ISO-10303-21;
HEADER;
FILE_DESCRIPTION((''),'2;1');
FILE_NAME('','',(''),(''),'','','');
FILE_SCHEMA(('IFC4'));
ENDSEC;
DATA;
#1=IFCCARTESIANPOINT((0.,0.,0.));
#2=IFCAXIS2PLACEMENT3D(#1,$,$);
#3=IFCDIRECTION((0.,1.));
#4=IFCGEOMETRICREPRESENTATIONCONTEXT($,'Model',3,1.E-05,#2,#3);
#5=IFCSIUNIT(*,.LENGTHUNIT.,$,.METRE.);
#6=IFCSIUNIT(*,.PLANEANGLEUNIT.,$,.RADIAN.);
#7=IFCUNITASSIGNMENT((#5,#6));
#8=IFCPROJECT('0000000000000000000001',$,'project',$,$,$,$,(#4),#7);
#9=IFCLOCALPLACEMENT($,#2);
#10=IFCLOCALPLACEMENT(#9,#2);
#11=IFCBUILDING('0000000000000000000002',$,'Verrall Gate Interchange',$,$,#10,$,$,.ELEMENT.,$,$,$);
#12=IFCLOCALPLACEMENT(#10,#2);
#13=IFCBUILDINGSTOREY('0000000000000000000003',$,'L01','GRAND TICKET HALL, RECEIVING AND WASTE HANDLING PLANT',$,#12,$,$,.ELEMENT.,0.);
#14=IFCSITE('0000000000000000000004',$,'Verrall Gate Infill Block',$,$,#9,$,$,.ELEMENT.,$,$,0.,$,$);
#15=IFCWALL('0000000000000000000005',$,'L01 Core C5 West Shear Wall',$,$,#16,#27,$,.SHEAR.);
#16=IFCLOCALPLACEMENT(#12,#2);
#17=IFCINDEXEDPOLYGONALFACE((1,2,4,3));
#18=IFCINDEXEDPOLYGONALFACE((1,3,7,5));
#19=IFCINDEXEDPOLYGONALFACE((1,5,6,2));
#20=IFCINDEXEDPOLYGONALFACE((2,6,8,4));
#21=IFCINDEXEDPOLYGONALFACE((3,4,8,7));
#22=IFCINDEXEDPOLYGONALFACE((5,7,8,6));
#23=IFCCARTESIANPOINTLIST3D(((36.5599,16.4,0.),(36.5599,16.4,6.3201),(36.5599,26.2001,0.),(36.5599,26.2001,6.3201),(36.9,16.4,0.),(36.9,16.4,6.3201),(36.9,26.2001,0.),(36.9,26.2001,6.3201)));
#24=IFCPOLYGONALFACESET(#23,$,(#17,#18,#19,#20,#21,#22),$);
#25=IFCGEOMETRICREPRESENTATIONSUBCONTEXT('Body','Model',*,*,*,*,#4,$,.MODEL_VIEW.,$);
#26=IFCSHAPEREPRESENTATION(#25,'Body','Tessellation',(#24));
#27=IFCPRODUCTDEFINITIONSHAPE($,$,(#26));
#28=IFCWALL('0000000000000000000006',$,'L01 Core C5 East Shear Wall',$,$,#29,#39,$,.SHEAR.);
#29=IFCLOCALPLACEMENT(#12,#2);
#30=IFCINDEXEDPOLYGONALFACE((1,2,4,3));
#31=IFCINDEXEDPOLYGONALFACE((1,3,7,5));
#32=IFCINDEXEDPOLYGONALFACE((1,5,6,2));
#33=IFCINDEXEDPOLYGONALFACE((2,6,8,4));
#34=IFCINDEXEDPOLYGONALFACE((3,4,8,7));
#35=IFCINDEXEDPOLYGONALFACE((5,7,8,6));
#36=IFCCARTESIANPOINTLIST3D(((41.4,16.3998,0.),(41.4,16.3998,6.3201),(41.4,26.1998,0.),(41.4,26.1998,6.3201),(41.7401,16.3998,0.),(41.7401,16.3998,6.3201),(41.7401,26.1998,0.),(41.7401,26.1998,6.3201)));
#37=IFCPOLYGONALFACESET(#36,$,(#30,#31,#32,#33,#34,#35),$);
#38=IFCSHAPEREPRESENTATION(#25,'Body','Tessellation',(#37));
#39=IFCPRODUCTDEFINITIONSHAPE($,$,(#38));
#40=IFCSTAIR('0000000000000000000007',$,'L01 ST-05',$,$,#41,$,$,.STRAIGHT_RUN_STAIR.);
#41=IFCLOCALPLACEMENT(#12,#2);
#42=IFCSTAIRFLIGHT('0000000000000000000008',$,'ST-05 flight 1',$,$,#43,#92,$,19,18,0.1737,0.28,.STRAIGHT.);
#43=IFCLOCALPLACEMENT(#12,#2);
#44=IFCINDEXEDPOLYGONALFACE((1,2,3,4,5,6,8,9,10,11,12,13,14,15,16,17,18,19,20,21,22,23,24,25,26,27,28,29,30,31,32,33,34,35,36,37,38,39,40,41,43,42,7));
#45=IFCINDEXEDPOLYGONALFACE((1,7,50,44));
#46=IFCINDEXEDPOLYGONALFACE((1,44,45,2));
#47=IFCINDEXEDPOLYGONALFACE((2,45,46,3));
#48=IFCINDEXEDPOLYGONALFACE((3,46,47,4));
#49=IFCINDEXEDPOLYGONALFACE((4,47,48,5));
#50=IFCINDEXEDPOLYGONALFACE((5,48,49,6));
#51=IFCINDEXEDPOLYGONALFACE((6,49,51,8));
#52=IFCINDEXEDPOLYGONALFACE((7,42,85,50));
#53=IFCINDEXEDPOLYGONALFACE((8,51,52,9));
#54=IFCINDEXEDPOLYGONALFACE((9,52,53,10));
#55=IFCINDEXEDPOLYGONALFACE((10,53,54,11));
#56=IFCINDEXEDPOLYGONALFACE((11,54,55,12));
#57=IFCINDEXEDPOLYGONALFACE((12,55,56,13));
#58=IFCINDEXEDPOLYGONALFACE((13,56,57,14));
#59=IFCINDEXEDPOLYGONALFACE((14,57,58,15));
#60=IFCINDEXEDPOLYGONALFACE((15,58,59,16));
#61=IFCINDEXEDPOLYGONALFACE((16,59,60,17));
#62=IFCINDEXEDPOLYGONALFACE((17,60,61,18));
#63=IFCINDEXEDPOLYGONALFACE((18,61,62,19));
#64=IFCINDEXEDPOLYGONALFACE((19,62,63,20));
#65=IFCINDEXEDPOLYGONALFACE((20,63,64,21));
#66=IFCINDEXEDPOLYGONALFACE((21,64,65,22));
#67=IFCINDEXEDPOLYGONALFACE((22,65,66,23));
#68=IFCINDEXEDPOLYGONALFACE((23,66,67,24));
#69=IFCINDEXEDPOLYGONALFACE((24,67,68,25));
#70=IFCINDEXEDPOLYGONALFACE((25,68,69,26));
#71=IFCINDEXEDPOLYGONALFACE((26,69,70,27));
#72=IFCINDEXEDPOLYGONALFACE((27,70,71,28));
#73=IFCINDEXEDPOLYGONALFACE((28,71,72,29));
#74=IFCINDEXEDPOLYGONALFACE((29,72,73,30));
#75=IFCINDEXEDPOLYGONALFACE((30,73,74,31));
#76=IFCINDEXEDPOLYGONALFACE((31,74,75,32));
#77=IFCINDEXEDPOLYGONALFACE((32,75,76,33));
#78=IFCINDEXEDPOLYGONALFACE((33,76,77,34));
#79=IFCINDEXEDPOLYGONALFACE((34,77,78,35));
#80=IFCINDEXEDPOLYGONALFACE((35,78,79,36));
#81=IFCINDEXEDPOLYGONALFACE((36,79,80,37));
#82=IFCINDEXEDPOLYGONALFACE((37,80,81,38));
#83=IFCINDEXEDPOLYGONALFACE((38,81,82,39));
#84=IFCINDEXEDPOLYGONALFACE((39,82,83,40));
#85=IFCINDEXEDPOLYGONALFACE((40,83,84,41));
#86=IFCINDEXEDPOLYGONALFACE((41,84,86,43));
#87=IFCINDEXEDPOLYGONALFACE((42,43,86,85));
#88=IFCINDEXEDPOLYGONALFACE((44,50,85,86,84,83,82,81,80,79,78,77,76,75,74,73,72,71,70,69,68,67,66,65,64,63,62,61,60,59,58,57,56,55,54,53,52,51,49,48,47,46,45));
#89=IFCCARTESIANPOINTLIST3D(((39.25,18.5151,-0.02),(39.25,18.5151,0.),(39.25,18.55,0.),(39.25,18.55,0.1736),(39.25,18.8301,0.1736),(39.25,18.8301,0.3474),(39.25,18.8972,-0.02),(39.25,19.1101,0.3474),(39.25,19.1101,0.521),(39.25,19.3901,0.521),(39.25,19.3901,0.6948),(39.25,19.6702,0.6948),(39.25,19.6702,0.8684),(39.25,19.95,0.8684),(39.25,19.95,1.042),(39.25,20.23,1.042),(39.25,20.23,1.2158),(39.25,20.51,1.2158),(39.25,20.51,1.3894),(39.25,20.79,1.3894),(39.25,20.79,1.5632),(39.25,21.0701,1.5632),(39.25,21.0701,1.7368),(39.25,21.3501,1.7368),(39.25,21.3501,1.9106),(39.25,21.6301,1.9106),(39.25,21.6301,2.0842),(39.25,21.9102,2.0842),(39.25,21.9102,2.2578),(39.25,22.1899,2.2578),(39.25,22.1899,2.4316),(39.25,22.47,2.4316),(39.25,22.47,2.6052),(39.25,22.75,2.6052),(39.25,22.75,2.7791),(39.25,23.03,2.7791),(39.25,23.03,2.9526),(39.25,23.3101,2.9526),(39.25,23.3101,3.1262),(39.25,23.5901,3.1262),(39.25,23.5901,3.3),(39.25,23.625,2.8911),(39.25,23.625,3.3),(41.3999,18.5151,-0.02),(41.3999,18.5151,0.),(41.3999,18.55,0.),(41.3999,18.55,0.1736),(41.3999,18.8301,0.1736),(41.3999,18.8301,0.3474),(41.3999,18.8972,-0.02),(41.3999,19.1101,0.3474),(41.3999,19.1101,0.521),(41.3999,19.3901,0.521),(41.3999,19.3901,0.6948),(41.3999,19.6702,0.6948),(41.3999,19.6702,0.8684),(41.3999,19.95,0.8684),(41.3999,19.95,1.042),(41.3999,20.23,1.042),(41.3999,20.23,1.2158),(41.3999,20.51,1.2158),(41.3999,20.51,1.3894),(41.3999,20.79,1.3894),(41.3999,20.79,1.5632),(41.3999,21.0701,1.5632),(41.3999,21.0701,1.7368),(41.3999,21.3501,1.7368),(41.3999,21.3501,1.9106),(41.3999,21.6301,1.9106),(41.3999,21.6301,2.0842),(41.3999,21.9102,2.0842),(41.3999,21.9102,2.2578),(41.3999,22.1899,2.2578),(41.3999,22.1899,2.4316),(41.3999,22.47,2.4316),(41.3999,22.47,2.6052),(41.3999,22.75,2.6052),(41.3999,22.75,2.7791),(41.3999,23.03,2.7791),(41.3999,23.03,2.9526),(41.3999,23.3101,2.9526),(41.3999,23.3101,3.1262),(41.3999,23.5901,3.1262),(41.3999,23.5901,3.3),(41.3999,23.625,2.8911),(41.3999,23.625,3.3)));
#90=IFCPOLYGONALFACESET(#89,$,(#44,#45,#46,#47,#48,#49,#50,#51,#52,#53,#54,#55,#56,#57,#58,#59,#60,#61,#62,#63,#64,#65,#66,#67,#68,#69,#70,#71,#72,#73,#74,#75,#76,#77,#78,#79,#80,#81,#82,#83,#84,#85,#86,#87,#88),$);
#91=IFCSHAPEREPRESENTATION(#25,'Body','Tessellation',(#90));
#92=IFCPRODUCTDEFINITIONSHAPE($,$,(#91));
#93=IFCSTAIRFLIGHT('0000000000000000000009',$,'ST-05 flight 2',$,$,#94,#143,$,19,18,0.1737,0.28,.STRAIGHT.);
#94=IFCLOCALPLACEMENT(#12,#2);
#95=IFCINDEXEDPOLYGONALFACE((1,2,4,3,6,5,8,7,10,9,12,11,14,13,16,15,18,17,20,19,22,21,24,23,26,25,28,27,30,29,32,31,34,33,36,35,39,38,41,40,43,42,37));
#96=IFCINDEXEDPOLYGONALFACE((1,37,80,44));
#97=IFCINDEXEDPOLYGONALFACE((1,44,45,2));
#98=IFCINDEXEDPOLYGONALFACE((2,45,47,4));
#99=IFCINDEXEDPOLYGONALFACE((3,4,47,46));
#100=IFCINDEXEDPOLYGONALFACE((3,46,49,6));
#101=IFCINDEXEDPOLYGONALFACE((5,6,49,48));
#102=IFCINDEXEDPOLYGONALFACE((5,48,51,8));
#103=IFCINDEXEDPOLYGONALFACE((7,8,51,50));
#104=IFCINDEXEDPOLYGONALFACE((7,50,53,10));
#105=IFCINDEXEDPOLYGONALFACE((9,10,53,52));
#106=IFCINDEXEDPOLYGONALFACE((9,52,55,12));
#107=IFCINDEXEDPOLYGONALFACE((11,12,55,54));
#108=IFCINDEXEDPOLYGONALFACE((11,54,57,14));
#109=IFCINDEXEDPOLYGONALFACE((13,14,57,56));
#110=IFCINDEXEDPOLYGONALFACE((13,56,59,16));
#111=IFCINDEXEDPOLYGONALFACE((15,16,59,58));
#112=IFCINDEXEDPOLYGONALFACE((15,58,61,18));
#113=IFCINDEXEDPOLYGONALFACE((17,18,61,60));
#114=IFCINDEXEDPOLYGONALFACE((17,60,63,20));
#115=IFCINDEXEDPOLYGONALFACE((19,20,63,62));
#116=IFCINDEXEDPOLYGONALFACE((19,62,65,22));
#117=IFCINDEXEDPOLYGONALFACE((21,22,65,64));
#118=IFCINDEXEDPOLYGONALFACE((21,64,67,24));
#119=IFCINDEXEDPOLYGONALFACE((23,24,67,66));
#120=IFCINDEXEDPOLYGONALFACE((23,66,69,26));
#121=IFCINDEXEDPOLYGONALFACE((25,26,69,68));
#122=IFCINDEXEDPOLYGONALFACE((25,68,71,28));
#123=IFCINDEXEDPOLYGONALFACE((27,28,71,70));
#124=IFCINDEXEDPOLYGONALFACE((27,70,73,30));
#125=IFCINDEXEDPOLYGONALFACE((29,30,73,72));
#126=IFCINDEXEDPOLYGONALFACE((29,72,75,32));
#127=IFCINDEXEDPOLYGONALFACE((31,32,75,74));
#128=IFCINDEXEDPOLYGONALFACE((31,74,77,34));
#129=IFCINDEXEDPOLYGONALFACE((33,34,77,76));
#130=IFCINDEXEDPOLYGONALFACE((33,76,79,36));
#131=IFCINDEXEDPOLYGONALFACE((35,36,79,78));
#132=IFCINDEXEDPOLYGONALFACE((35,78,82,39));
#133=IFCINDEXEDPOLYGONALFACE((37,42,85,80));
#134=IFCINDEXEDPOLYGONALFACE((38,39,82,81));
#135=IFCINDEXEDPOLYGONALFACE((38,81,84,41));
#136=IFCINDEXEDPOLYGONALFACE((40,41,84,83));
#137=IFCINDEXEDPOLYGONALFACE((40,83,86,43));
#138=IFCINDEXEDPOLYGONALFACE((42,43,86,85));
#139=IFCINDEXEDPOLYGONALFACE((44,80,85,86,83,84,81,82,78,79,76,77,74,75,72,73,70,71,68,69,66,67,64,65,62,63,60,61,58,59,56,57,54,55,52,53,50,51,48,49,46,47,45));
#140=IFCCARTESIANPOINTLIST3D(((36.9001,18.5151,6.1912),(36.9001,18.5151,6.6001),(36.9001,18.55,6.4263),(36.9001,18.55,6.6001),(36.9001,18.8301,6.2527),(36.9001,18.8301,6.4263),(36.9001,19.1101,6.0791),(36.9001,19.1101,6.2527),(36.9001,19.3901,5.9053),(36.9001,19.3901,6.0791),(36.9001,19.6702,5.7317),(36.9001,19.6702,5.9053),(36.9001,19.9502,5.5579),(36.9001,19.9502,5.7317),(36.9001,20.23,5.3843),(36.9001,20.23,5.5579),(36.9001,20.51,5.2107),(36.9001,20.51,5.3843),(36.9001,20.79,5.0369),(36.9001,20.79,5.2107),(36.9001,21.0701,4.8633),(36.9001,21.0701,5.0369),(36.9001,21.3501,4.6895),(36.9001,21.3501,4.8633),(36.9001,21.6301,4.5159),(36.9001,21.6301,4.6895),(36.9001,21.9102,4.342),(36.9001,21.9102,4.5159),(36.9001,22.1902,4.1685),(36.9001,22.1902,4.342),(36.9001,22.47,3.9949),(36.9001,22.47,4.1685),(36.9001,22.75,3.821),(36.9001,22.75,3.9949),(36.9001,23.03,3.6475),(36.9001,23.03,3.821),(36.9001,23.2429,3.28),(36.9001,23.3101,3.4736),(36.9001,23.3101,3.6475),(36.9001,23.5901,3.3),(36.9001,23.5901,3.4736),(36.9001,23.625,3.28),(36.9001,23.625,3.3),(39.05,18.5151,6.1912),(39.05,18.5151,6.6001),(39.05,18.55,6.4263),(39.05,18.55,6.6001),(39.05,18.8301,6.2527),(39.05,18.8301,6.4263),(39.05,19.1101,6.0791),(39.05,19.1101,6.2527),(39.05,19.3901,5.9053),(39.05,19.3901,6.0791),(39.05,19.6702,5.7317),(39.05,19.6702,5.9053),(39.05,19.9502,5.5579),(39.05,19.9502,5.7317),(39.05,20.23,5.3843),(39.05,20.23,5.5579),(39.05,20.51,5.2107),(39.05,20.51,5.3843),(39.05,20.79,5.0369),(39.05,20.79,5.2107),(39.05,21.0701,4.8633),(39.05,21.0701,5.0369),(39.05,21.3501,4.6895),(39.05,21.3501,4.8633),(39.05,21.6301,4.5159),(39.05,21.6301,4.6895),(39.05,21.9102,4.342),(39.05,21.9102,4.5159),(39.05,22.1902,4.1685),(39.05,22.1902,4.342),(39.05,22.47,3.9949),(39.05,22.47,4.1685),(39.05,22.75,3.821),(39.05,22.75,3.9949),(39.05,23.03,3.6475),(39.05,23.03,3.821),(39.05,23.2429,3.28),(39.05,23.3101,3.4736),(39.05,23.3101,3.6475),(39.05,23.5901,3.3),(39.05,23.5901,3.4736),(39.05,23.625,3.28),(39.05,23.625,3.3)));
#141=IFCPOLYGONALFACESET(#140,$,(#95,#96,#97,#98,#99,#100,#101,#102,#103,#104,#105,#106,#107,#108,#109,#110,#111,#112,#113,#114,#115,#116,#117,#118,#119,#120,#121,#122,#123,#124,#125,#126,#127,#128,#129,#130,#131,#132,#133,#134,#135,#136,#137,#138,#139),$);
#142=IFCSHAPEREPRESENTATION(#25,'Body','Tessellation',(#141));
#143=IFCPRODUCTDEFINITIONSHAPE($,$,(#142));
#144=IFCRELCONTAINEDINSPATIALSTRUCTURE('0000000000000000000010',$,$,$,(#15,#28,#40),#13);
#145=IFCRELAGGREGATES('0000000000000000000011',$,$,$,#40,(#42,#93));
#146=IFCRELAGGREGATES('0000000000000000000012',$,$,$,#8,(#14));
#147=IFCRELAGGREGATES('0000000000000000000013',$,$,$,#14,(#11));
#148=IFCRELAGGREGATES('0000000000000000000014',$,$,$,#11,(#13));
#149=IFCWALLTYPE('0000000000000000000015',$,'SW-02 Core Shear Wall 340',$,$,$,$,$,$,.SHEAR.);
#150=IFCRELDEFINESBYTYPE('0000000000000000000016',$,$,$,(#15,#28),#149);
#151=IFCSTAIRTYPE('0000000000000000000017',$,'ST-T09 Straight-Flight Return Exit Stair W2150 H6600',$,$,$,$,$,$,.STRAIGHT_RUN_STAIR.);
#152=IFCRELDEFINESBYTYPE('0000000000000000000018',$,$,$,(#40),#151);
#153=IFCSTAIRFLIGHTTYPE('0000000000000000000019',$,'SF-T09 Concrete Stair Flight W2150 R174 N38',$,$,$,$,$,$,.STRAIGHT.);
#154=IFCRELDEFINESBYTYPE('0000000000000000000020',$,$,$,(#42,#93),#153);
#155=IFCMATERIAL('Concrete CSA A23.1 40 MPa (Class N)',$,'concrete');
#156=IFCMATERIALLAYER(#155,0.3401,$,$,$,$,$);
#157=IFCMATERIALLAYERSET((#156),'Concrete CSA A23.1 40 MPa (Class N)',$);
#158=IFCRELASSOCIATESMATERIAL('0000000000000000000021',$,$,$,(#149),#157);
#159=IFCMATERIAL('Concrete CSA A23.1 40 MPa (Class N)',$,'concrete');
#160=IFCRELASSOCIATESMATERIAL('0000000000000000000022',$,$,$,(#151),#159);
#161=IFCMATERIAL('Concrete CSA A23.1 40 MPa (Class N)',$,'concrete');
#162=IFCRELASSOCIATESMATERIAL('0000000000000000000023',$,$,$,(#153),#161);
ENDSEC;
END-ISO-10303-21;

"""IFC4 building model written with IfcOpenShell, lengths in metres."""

from ifc_helpers import new_model, si_unit, direction, frame, frame_2d, origin, place, context, subcontext, project, spatial, polyline, rectangle, outline, extrude, material, layer, layer_set, type_object, element, aggregate, save


model = new_model("IFC4")

# Units and contexts
model_context = context("Model", 3, precision=1e-05, world=origin(), true_north=direction((0.0, 1.0)))
body_context = subcontext(model_context, "Body", "Model", "MODEL_VIEW")
ifc_project = project(units=[si_unit("LENGTHUNIT", "METRE"), si_unit("PLANEANGLEUNIT", "RADIAN")], contexts=[model_context])

# Site, building, storey
site_placement = place(None, origin())
site = spatial("IfcSite", under=ifc_project, at=site_placement, Name="Verrall Gate Infill Block", CompositionType="ELEMENT", RefElevation=0.0)
building_placement = place(site_placement, origin())
building = spatial("IfcBuilding", under=site, at=building_placement, Name="Verrall Gate Interchange", CompositionType="ELEMENT")
storey_placement = place(building_placement, origin())
storey = spatial("IfcBuildingStorey", under=building, at=storey_placement, Name="L01", Description="GRAND TICKET HALL, RECEIVING AND WASTE HANDLING PLANT", CompositionType="ELEMENT", Elevation=0.0)

# Shared definitions
ifc_material_1 = material(Name="Concrete CSA A23.1 40 MPa (Class N)", Category="concrete")
ifc_layer_1 = layer(ifc_material_1, 0.3401)
ifc_layer_set_1 = layer_set([ifc_layer_1], Name="Concrete CSA A23.1 40 MPa (Class N)")
wall_type_1 = type_object("IfcWallType", Name="SW-02 Core Shear Wall 340", PredefinedType="SHEAR", material=ifc_layer_set_1)

# Walls
for number, where, z_axis, x_axis, name in (
    (1, (36.73, 26.2, 0.0), (0.0, 0.0, 1.0), (0.0, -1.0, 0.0), "L01 Core C5 West Shear Wall"),
    (2, (41.5701, 16.3999, 0.0), (0.0, 0.0, 1.0), (0.0, 1.0, 0.0), "L01 Core C5 East Shear Wall"),
):
    element("IfcWall", number, at=place(storey_placement, frame(where, z_axis=z_axis, x_axis=x_axis)), inside=storey, type_object=wall_type_1, Name=name, PredefinedType="SHEAR", context=body_context, shape_type="SweptSolid", body=[
        extrude(rectangle(XDim=9.8, YDim=0.3401, at=frame_2d((4.8999, 0.0))), origin(), (0.0, 0.0, 1.0), 6.3201),
    ])

# Stair, stair flights
ifc_material_2 = material(Name="Concrete CSA A23.1 40 MPa (Class N)", Category="concrete")
stair_type = type_object("IfcStairType", Name="ST-T09 Straight-Flight Return Exit Stair W2150 H6600", PredefinedType="STRAIGHT_RUN_STAIR", material=ifc_material_2)
stair_placement = place(storey_placement, origin())
stair = element("IfcStair", 3, at=stair_placement, inside=storey, type_object=stair_type, Name="L01 ST-05", PredefinedType="STRAIGHT_RUN_STAIR")
ifc_material_3 = material(Name="Concrete CSA A23.1 40 MPa (Class N)", Category="concrete")
stair_flight_type = type_object("IfcStairFlightType", Name="SF-T09 Concrete Stair Flight W2150 R174 N38", PredefinedType="STRAIGHT", material=ifc_material_3)
stair_flight_1_placement = place(storey_placement, frame((40.325, 18.55, 0.0), z_axis=(0.0, 0.0, 1.0), x_axis=(0.0, 1.0, 0.0)))
stair_flight_1 = element("IfcStairFlight", 4, at=stair_flight_1_placement, type_object=stair_flight_type, Name="ST-05 flight 1", NumberOfRisers=19, NumberOfTreads=18, PredefinedType="STRAIGHT", RiserHeight=0.1737, TreadLength=0.28, context=body_context, shape_type="SweptSolid", body=[
    extrude(outline(polyline([(-0.0349, -0.02), (-0.0349, 0.0), (0.0, 0.0), (0.0, 0.1736), (0.28, 0.1736), (0.28, 0.3474), (0.5601, 0.3474), (0.5601, 0.521), (0.8401, 0.521), (0.8401, 0.6948), (1.1201, 0.6948), (1.1201, 0.8684), (1.3999, 0.8684), (1.3999, 1.042), (1.6799, 1.042), (1.6799, 1.2158), (1.96, 1.2158), (1.96, 1.3894), (2.24, 1.3894), (2.24, 1.5632), (2.52, 1.5632), (2.52, 1.7368), (2.8, 1.7368), (2.8, 1.9106), (3.0801, 1.9106), (3.0801, 2.0842), (3.3601, 2.0842), (3.3601, 2.2578), (3.6399, 2.2578), (3.6399, 2.4316), (3.9199, 2.4316), (3.9199, 2.6052), (4.2, 2.6052), (4.2, 2.7791), (4.48, 2.7791), (4.48, 2.9526), (4.76, 2.9526), (4.76, 3.1262), (5.04, 3.1262), (5.04, 3.3), (5.075, 3.3), (5.075, 2.8911), (0.3472, -0.02), (-0.0349, -0.02)])), frame((0.0, 1.075, 0.0), z_axis=(0.0, -1.0, 0.0), x_axis=(1.0, 0.0, 0.0)), (0.0, 0.0, 1.0), 2.1499),
])
stair_flight_2_placement = place(storey_placement, frame((37.9751, 23.5901, 3.3), z_axis=(0.0, 0.0, 1.0), x_axis=(0.0, -1.0, 0.0)))
stair_flight_2 = element("IfcStairFlight", 5, at=stair_flight_2_placement, type_object=stair_flight_type, Name="ST-05 flight 2", NumberOfRisers=19, NumberOfTreads=18, PredefinedType="STRAIGHT", RiserHeight=0.1737, TreadLength=0.28, context=body_context, shape_type="SweptSolid", body=[
    extrude(outline(polyline([(-0.0349, -0.02), (-0.0349, 0.0), (0.0, 0.0), (0.0, 0.1736), (0.28, 0.1736), (0.28, 0.3474), (0.5601, 0.3474), (0.5601, 0.521), (0.8401, 0.521), (0.8401, 0.6948), (1.1201, 0.6948), (1.1201, 0.8684), (1.3999, 0.8684), (1.3999, 1.042), (1.6799, 1.042), (1.6799, 1.2158), (1.96, 1.2158), (1.96, 1.3894), (2.24, 1.3894), (2.24, 1.5632), (2.52, 1.5632), (2.52, 1.7368), (2.8, 1.7368), (2.8, 1.9106), (3.0801, 1.9106), (3.0801, 2.0842), (3.3601, 2.0842), (3.3601, 2.2578), (3.6399, 2.2578), (3.6399, 2.4316), (3.9199, 2.4316), (3.9199, 2.6052), (4.2, 2.6052), (4.2, 2.7791), (4.48, 2.7791), (4.48, 2.9526), (4.76, 2.9526), (4.76, 3.1262), (5.04, 3.1262), (5.04, 3.3), (5.075, 3.3), (5.075, 2.8911), (0.3472, -0.02), (-0.0349, -0.02)])), frame((0.0, 1.075, 0.0), z_axis=(0.0, -1.0, 0.0), x_axis=(1.0, 0.0, 0.0)), (0.0, 0.0, 1.0), 2.1499),
])
aggregate(stair, [stair_flight_1, stair_flight_2])

save(model, "model.ifc")
